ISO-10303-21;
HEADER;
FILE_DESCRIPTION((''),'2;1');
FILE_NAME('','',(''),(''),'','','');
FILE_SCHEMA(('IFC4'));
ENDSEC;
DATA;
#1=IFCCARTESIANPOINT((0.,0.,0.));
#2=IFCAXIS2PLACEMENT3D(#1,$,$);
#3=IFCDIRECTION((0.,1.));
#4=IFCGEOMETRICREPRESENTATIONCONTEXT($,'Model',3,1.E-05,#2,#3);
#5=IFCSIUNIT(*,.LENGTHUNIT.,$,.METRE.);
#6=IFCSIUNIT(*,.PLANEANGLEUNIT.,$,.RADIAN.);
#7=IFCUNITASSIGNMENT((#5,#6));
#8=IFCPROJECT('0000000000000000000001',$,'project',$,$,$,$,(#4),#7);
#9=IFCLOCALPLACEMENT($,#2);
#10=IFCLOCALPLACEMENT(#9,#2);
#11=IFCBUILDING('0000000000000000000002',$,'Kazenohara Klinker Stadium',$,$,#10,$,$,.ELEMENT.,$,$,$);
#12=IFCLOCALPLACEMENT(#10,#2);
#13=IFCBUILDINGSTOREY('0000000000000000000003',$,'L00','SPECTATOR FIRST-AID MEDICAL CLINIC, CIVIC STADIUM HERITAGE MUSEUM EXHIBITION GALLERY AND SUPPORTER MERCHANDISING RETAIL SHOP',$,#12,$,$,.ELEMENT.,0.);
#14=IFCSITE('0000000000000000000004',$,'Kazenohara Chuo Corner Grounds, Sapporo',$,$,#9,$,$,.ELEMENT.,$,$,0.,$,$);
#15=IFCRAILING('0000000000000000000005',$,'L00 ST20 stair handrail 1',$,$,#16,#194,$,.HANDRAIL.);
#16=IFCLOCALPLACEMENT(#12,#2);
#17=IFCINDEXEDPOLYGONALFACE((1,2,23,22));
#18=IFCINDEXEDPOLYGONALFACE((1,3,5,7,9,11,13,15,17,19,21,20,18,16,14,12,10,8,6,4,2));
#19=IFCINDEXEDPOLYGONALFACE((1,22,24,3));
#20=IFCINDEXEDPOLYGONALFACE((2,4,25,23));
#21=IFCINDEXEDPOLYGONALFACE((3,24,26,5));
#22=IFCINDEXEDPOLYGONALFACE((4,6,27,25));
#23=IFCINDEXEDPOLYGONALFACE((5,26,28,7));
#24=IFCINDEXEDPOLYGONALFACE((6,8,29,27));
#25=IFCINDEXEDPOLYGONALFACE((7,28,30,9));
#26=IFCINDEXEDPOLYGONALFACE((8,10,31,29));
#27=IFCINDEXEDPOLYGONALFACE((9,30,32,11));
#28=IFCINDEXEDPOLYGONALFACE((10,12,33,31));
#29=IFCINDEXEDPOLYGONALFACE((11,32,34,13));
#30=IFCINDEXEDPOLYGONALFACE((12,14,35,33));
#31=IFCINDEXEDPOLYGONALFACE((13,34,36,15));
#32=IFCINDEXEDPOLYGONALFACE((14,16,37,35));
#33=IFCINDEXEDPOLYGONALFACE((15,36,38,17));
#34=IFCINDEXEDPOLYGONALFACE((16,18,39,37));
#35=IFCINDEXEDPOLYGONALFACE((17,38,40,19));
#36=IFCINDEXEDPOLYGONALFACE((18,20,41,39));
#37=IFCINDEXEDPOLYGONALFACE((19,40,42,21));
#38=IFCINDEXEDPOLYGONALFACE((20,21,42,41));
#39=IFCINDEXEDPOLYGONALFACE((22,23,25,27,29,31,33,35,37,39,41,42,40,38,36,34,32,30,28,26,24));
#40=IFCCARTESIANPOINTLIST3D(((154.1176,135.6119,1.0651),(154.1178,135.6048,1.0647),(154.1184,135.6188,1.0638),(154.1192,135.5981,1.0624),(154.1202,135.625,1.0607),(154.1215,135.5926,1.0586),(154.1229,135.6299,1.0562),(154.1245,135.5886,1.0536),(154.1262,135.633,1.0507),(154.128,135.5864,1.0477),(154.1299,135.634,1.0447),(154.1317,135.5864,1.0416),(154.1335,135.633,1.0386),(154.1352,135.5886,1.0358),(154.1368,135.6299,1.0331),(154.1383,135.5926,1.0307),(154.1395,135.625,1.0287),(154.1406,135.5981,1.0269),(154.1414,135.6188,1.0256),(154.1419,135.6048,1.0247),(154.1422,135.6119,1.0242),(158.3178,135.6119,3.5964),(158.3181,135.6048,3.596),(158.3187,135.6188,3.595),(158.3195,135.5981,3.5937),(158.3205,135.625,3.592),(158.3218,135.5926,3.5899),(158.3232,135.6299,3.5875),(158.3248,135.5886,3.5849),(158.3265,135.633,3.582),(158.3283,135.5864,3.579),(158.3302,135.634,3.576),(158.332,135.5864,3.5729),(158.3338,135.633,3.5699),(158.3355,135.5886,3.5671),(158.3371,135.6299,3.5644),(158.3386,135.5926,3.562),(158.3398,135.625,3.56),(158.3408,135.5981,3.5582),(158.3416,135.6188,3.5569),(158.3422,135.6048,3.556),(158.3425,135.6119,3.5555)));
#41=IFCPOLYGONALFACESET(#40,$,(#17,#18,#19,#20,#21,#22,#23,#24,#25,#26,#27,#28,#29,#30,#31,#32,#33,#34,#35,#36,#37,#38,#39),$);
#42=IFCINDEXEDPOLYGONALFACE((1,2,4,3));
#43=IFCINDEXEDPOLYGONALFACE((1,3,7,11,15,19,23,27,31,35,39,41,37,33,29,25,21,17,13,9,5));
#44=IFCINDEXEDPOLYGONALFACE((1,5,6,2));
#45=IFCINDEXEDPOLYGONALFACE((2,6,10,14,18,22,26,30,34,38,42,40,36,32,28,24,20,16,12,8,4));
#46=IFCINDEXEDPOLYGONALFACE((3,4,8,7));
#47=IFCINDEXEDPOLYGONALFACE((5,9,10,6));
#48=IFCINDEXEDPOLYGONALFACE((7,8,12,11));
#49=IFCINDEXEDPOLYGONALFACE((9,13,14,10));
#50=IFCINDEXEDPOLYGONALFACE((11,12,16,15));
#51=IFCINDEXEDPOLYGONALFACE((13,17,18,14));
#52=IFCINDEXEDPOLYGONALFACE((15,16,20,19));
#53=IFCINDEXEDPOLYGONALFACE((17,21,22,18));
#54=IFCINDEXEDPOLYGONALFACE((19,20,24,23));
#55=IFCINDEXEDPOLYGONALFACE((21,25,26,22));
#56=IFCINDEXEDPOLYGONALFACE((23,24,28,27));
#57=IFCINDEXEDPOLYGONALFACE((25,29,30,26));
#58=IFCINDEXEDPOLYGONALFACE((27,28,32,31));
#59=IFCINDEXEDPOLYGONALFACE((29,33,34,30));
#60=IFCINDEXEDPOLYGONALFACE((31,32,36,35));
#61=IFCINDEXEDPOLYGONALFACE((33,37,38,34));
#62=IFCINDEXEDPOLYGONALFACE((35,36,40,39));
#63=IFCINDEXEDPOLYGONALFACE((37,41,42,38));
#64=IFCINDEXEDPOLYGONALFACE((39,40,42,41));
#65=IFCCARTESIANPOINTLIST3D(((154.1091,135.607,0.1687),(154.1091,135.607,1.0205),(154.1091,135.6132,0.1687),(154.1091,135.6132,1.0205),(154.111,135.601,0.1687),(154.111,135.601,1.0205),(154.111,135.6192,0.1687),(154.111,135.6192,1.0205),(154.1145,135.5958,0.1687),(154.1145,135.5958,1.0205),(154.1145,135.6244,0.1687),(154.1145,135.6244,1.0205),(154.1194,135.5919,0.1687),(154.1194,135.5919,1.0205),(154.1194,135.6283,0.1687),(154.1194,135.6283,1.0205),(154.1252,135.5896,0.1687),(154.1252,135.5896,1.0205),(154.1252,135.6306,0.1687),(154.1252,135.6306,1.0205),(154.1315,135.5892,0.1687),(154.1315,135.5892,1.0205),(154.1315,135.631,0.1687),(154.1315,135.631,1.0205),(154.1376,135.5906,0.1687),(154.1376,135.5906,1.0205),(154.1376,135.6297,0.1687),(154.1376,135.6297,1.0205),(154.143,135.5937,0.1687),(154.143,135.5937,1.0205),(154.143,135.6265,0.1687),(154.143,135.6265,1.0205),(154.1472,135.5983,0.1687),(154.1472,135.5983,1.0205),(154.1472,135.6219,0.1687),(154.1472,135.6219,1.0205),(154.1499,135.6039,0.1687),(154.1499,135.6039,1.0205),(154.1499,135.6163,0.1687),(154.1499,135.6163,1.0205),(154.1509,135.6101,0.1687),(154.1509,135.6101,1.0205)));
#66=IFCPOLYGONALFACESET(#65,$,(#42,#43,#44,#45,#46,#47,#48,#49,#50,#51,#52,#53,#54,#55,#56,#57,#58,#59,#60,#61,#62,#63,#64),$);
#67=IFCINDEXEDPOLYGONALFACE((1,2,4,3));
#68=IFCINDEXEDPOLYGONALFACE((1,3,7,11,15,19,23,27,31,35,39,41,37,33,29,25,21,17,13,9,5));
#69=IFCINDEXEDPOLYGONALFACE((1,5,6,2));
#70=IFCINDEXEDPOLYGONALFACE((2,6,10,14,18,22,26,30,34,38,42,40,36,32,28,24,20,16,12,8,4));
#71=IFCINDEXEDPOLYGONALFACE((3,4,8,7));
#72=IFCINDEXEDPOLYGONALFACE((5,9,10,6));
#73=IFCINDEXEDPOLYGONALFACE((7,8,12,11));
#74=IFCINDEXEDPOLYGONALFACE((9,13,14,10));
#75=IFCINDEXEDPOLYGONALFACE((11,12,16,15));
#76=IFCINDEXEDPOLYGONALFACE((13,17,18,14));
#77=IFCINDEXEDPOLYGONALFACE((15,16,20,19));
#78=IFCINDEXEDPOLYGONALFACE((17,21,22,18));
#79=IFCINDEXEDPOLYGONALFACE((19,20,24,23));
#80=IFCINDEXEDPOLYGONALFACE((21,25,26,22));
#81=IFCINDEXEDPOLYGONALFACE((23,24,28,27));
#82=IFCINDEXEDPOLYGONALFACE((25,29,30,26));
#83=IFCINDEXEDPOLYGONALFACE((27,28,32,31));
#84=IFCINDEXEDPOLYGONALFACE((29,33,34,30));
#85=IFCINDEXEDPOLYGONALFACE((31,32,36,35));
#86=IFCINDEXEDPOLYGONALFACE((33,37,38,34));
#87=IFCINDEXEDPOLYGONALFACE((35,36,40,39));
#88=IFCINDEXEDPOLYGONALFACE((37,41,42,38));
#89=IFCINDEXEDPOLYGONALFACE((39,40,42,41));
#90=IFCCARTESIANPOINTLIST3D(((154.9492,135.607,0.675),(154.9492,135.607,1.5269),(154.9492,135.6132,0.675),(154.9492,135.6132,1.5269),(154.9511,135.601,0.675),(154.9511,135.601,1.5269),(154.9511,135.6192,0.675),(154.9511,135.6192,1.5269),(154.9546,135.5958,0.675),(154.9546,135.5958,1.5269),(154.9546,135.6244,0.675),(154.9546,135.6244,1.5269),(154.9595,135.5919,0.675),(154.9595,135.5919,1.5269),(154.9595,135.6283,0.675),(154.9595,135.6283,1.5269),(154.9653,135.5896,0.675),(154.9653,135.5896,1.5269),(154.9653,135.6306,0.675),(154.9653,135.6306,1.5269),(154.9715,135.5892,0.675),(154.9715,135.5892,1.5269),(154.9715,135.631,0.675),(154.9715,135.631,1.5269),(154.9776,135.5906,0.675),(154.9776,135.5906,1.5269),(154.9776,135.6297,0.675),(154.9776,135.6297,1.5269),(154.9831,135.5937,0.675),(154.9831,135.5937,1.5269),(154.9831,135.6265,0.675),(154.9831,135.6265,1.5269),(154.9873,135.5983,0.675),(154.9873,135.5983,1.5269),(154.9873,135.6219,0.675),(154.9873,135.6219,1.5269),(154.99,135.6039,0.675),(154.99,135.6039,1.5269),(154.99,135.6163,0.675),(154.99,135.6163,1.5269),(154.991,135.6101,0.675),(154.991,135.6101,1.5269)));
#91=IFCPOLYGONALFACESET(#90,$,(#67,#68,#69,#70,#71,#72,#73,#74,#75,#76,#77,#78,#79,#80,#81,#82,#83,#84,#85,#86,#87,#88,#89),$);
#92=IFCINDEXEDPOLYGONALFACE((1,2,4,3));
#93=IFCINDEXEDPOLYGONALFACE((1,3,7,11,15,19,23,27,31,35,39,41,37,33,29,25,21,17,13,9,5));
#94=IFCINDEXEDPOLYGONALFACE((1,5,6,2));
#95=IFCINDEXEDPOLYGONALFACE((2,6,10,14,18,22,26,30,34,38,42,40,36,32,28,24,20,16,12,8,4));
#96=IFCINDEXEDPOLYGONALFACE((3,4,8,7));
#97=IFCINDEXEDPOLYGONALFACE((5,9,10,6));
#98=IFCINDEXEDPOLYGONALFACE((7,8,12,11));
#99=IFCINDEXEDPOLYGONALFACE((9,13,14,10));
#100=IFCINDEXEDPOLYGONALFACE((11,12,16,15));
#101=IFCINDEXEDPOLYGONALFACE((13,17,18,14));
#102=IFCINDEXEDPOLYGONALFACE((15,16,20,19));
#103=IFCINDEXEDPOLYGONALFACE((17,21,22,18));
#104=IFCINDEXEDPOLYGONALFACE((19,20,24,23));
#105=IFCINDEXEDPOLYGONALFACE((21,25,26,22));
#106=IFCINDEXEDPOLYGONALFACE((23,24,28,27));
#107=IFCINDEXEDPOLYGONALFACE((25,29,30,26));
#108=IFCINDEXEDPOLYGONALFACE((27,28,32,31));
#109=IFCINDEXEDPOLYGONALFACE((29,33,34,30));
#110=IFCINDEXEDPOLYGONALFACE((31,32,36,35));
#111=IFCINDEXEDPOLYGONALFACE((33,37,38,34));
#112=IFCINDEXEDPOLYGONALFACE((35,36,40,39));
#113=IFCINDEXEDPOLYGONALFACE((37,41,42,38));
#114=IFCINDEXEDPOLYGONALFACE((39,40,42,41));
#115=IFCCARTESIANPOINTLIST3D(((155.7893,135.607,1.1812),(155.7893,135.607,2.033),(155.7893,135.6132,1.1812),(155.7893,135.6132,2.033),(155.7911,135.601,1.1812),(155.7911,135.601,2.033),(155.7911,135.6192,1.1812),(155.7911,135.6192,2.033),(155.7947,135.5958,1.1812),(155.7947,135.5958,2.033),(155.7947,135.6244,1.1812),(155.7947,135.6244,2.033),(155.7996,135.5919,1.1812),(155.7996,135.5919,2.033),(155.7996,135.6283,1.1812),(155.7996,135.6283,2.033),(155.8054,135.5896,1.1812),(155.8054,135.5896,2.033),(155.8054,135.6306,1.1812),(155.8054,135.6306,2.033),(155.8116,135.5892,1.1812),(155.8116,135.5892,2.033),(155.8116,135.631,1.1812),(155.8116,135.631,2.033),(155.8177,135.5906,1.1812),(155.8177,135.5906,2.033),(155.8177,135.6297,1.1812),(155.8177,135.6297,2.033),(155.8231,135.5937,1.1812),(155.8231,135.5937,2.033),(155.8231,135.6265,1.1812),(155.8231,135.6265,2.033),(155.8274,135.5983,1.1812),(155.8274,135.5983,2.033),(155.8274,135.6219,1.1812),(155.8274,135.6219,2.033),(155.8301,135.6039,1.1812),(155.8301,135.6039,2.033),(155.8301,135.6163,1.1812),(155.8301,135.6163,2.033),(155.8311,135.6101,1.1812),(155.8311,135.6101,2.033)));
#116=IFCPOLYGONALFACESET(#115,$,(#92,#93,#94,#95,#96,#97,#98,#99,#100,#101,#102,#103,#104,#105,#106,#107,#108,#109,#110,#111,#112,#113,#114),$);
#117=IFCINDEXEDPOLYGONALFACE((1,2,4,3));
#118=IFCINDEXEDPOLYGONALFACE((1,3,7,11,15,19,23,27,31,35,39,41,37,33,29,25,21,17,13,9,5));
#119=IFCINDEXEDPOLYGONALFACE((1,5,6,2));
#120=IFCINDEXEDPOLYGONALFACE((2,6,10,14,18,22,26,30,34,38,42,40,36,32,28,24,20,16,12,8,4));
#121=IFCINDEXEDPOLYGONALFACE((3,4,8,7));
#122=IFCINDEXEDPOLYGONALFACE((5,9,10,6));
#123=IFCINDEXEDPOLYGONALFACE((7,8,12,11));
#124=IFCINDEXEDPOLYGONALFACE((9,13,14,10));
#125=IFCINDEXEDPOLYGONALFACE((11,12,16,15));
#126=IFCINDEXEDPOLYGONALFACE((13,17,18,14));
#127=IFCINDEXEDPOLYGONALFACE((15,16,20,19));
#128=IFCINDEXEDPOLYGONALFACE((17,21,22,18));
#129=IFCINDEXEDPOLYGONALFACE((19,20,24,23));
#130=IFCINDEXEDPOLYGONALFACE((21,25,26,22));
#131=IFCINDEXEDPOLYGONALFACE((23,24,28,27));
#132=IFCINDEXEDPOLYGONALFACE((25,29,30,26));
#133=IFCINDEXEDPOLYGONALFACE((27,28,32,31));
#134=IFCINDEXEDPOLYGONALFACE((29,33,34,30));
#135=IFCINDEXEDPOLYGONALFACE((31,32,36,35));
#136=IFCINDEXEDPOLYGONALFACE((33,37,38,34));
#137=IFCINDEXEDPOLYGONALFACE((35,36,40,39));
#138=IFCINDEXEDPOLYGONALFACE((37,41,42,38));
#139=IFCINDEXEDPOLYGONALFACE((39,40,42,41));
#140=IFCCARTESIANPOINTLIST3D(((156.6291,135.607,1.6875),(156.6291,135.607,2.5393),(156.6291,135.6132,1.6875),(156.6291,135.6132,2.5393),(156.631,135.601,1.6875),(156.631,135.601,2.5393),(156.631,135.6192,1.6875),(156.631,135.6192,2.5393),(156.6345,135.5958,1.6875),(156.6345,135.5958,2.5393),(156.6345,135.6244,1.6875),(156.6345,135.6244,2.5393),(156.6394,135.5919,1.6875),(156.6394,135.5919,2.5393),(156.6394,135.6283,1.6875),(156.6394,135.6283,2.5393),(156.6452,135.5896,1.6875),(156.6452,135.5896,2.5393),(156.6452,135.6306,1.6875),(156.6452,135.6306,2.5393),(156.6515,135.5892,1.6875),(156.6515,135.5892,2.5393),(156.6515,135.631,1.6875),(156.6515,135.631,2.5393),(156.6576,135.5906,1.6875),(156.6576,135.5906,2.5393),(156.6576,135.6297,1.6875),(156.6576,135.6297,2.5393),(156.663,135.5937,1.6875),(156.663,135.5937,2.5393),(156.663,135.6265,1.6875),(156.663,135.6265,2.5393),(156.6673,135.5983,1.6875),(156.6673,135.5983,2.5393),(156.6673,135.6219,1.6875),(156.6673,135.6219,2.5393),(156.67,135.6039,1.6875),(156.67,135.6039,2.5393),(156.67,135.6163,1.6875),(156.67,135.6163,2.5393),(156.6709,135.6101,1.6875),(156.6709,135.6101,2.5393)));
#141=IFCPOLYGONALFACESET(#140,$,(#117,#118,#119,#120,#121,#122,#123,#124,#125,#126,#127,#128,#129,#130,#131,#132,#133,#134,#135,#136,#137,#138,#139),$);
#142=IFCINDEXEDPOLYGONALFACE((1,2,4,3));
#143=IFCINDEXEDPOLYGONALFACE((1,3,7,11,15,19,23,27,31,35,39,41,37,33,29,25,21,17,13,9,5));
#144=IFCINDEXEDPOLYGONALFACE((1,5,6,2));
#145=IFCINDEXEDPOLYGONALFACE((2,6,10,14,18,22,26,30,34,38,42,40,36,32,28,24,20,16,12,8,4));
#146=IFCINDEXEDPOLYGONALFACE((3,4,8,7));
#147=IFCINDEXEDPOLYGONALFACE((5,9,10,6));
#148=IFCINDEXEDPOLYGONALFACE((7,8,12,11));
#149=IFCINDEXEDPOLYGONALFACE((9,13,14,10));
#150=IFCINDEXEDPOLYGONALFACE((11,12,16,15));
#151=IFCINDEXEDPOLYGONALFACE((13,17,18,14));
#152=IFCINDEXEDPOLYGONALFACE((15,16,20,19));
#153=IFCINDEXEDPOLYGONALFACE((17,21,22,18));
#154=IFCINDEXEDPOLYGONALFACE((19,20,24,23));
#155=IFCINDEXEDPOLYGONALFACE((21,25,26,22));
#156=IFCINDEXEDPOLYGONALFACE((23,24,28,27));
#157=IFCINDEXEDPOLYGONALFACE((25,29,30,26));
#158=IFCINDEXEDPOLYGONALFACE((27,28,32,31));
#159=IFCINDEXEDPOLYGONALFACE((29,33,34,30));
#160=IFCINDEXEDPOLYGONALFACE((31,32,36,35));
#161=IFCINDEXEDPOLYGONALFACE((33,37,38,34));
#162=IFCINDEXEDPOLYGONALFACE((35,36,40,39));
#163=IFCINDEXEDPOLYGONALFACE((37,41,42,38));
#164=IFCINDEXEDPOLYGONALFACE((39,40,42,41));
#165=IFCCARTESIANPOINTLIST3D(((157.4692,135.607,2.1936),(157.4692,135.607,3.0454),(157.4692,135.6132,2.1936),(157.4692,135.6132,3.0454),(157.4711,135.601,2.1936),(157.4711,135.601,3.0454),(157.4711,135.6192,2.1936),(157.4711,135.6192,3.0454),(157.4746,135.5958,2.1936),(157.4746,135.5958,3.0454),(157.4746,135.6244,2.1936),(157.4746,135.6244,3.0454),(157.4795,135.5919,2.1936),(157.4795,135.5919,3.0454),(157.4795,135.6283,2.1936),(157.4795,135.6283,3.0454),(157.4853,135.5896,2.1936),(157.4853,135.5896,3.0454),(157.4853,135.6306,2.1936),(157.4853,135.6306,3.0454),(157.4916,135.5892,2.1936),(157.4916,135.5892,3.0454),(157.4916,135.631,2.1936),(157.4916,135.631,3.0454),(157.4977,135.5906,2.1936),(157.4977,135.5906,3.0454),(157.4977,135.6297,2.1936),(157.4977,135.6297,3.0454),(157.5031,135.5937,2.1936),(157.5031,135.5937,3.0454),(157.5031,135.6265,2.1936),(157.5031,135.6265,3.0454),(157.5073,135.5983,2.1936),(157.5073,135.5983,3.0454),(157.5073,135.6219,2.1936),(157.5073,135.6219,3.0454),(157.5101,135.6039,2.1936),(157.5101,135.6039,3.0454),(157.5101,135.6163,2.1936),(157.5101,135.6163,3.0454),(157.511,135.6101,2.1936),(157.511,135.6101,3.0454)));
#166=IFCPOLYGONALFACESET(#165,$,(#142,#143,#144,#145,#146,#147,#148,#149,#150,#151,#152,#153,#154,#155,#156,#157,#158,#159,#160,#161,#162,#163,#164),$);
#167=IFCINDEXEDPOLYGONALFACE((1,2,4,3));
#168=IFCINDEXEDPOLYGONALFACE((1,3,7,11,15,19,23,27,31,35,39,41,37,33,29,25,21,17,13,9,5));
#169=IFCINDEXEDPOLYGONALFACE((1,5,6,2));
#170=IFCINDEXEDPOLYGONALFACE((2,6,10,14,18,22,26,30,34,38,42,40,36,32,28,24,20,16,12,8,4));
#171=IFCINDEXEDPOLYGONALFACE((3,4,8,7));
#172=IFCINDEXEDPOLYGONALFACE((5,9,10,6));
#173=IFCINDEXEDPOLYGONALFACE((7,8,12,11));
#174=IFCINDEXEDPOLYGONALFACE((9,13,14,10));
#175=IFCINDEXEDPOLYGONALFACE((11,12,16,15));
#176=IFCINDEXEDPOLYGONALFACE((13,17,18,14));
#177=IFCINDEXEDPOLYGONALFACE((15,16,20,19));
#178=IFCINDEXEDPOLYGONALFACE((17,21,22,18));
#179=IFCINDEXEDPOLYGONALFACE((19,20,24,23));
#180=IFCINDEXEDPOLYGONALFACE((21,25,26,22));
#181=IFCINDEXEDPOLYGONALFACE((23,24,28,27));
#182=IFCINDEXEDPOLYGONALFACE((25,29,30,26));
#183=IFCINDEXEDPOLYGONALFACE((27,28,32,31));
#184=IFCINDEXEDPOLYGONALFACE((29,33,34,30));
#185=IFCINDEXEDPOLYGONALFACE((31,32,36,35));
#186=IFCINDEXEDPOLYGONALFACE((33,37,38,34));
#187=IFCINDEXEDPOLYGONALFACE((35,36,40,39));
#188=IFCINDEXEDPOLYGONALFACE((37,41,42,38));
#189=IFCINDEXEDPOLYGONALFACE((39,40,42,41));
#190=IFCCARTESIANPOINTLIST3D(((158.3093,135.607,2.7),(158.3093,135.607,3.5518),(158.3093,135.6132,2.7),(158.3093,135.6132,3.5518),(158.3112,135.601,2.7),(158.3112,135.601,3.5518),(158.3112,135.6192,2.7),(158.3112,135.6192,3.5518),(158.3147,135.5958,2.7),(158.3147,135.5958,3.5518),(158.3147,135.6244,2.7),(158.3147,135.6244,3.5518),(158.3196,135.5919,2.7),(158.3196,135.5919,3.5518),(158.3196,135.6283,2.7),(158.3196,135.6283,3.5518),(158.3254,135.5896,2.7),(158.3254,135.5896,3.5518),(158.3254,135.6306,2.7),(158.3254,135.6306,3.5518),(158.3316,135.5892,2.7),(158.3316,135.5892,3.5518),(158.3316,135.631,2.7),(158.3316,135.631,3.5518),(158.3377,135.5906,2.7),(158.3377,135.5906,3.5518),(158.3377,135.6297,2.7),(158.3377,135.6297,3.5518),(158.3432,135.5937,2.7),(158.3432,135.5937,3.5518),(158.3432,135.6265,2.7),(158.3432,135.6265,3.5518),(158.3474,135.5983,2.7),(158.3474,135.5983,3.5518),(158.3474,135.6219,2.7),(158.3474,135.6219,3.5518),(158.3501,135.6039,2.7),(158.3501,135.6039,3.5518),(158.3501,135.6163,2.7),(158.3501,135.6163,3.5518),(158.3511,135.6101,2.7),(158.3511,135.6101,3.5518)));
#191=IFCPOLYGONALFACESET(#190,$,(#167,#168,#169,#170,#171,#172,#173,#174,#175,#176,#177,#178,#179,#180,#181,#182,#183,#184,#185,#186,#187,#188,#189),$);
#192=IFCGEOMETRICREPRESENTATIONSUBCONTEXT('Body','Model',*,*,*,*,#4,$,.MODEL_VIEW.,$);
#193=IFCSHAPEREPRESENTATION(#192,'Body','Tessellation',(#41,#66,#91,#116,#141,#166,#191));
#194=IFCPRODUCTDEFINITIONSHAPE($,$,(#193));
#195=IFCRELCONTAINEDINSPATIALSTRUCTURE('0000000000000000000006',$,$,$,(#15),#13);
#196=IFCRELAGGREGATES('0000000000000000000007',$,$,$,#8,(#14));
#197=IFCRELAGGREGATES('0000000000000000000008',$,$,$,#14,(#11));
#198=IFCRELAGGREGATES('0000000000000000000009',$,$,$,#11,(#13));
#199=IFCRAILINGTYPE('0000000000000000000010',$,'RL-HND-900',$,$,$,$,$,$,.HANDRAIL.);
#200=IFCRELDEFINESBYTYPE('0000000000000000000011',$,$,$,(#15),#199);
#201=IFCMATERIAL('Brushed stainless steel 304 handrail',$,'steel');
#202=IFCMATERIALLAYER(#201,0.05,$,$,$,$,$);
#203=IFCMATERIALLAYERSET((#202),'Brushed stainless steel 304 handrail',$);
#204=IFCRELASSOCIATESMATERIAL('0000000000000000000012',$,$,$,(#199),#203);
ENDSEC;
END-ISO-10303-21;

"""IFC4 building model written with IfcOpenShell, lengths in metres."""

from ifc_helpers import new_model, si_unit, direction, frame, origin, origin_2d, place, context, subcontext, project, spatial, circle, extrude, material, layer, layer_set, type_object, element, save


model = new_model("IFC4")

# Units and contexts
model_context = context("Model", 3, precision=1e-05, world=origin(), true_north=direction((0.0, 1.0)))
body_context = subcontext(model_context, "Body", "Model", "MODEL_VIEW")
ifc_project = project(units=[si_unit("LENGTHUNIT", "METRE"), si_unit("PLANEANGLEUNIT", "RADIAN")], contexts=[model_context])

# Site, building, storey
site_placement = place(None, origin())
site = spatial("IfcSite", under=ifc_project, at=site_placement, Name="Kazenohara Chuo Corner Grounds, Sapporo", CompositionType="ELEMENT", RefElevation=0.0)
building_placement = place(site_placement, origin())
building = spatial("IfcBuilding", under=site, at=building_placement, Name="Kazenohara Klinker Stadium", CompositionType="ELEMENT")
storey_placement = place(building_placement, origin())
storey = spatial("IfcBuildingStorey", under=building, at=storey_placement, Name="L00", Description="SPECTATOR FIRST-AID MEDICAL CLINIC, CIVIC STADIUM HERITAGE MUSEUM EXHIBITION GALLERY AND SUPPORTER MERCHANDISING RETAIL SHOP", CompositionType="ELEMENT", Elevation=0.0)

# Railing
ifc_material_1 = material(Name="Brushed stainless steel 304 handrail", Category="steel")
ifc_layer_1 = layer(ifc_material_1, 0.05)
ifc_layer_set_1 = layer_set([ifc_layer_1], Name="Brushed stainless steel 304 handrail")
railing_type_1 = type_object("IfcRailingType", Name="RL-HND-900", PredefinedType="HANDRAIL", material=ifc_layer_set_1)
railing_1_placement = place(storey_placement, frame((154.1299, 135.6101, 0.1687)))
element("IfcRailing", 1, at=railing_1_placement, inside=storey, type_object=railing_type_1, Name="L00 ST20 stair handrail 1", PredefinedType="HANDRAIL", context=body_context, shape_type="SweptSolid", body=[
    extrude(circle(Radius=0.0239, at=origin_2d()), frame((0.0, 0.0, 0.876), z_axis=(0.85649, 0.0, 0.516164), x_axis=(0.0, 1.0, 0.0)), (0.0, 0.0, 1.0), 4.9041),
    extrude(circle(Radius=0.021, at=origin_2d()), origin(), (0.0, 0.0, 1.0), 0.8518),
    extrude(circle(Radius=0.021, at=origin_2d()), frame((0.8401, 0.0, 0.5063)), (0.0, 0.0, 1.0), 0.8518),
    extrude(circle(Radius=0.021, at=origin_2d()), frame((1.6802, 0.0, 1.0125)), (0.0, 0.0, 1.0), 0.8518),
    extrude(circle(Radius=0.021, at=origin_2d()), frame((2.52, 0.0, 1.5188)), (0.0, 0.0, 1.0), 0.8518),
    extrude(circle(Radius=0.021, at=origin_2d()), frame((3.3601, 0.0, 2.0249)), (0.0, 0.0, 1.0), 0.8518),
    extrude(circle(Radius=0.021, at=origin_2d()), frame((4.2002, 0.0, 2.5312)), (0.0, 0.0, 1.0), 0.8518),
])

save(model, "model.ifc")
